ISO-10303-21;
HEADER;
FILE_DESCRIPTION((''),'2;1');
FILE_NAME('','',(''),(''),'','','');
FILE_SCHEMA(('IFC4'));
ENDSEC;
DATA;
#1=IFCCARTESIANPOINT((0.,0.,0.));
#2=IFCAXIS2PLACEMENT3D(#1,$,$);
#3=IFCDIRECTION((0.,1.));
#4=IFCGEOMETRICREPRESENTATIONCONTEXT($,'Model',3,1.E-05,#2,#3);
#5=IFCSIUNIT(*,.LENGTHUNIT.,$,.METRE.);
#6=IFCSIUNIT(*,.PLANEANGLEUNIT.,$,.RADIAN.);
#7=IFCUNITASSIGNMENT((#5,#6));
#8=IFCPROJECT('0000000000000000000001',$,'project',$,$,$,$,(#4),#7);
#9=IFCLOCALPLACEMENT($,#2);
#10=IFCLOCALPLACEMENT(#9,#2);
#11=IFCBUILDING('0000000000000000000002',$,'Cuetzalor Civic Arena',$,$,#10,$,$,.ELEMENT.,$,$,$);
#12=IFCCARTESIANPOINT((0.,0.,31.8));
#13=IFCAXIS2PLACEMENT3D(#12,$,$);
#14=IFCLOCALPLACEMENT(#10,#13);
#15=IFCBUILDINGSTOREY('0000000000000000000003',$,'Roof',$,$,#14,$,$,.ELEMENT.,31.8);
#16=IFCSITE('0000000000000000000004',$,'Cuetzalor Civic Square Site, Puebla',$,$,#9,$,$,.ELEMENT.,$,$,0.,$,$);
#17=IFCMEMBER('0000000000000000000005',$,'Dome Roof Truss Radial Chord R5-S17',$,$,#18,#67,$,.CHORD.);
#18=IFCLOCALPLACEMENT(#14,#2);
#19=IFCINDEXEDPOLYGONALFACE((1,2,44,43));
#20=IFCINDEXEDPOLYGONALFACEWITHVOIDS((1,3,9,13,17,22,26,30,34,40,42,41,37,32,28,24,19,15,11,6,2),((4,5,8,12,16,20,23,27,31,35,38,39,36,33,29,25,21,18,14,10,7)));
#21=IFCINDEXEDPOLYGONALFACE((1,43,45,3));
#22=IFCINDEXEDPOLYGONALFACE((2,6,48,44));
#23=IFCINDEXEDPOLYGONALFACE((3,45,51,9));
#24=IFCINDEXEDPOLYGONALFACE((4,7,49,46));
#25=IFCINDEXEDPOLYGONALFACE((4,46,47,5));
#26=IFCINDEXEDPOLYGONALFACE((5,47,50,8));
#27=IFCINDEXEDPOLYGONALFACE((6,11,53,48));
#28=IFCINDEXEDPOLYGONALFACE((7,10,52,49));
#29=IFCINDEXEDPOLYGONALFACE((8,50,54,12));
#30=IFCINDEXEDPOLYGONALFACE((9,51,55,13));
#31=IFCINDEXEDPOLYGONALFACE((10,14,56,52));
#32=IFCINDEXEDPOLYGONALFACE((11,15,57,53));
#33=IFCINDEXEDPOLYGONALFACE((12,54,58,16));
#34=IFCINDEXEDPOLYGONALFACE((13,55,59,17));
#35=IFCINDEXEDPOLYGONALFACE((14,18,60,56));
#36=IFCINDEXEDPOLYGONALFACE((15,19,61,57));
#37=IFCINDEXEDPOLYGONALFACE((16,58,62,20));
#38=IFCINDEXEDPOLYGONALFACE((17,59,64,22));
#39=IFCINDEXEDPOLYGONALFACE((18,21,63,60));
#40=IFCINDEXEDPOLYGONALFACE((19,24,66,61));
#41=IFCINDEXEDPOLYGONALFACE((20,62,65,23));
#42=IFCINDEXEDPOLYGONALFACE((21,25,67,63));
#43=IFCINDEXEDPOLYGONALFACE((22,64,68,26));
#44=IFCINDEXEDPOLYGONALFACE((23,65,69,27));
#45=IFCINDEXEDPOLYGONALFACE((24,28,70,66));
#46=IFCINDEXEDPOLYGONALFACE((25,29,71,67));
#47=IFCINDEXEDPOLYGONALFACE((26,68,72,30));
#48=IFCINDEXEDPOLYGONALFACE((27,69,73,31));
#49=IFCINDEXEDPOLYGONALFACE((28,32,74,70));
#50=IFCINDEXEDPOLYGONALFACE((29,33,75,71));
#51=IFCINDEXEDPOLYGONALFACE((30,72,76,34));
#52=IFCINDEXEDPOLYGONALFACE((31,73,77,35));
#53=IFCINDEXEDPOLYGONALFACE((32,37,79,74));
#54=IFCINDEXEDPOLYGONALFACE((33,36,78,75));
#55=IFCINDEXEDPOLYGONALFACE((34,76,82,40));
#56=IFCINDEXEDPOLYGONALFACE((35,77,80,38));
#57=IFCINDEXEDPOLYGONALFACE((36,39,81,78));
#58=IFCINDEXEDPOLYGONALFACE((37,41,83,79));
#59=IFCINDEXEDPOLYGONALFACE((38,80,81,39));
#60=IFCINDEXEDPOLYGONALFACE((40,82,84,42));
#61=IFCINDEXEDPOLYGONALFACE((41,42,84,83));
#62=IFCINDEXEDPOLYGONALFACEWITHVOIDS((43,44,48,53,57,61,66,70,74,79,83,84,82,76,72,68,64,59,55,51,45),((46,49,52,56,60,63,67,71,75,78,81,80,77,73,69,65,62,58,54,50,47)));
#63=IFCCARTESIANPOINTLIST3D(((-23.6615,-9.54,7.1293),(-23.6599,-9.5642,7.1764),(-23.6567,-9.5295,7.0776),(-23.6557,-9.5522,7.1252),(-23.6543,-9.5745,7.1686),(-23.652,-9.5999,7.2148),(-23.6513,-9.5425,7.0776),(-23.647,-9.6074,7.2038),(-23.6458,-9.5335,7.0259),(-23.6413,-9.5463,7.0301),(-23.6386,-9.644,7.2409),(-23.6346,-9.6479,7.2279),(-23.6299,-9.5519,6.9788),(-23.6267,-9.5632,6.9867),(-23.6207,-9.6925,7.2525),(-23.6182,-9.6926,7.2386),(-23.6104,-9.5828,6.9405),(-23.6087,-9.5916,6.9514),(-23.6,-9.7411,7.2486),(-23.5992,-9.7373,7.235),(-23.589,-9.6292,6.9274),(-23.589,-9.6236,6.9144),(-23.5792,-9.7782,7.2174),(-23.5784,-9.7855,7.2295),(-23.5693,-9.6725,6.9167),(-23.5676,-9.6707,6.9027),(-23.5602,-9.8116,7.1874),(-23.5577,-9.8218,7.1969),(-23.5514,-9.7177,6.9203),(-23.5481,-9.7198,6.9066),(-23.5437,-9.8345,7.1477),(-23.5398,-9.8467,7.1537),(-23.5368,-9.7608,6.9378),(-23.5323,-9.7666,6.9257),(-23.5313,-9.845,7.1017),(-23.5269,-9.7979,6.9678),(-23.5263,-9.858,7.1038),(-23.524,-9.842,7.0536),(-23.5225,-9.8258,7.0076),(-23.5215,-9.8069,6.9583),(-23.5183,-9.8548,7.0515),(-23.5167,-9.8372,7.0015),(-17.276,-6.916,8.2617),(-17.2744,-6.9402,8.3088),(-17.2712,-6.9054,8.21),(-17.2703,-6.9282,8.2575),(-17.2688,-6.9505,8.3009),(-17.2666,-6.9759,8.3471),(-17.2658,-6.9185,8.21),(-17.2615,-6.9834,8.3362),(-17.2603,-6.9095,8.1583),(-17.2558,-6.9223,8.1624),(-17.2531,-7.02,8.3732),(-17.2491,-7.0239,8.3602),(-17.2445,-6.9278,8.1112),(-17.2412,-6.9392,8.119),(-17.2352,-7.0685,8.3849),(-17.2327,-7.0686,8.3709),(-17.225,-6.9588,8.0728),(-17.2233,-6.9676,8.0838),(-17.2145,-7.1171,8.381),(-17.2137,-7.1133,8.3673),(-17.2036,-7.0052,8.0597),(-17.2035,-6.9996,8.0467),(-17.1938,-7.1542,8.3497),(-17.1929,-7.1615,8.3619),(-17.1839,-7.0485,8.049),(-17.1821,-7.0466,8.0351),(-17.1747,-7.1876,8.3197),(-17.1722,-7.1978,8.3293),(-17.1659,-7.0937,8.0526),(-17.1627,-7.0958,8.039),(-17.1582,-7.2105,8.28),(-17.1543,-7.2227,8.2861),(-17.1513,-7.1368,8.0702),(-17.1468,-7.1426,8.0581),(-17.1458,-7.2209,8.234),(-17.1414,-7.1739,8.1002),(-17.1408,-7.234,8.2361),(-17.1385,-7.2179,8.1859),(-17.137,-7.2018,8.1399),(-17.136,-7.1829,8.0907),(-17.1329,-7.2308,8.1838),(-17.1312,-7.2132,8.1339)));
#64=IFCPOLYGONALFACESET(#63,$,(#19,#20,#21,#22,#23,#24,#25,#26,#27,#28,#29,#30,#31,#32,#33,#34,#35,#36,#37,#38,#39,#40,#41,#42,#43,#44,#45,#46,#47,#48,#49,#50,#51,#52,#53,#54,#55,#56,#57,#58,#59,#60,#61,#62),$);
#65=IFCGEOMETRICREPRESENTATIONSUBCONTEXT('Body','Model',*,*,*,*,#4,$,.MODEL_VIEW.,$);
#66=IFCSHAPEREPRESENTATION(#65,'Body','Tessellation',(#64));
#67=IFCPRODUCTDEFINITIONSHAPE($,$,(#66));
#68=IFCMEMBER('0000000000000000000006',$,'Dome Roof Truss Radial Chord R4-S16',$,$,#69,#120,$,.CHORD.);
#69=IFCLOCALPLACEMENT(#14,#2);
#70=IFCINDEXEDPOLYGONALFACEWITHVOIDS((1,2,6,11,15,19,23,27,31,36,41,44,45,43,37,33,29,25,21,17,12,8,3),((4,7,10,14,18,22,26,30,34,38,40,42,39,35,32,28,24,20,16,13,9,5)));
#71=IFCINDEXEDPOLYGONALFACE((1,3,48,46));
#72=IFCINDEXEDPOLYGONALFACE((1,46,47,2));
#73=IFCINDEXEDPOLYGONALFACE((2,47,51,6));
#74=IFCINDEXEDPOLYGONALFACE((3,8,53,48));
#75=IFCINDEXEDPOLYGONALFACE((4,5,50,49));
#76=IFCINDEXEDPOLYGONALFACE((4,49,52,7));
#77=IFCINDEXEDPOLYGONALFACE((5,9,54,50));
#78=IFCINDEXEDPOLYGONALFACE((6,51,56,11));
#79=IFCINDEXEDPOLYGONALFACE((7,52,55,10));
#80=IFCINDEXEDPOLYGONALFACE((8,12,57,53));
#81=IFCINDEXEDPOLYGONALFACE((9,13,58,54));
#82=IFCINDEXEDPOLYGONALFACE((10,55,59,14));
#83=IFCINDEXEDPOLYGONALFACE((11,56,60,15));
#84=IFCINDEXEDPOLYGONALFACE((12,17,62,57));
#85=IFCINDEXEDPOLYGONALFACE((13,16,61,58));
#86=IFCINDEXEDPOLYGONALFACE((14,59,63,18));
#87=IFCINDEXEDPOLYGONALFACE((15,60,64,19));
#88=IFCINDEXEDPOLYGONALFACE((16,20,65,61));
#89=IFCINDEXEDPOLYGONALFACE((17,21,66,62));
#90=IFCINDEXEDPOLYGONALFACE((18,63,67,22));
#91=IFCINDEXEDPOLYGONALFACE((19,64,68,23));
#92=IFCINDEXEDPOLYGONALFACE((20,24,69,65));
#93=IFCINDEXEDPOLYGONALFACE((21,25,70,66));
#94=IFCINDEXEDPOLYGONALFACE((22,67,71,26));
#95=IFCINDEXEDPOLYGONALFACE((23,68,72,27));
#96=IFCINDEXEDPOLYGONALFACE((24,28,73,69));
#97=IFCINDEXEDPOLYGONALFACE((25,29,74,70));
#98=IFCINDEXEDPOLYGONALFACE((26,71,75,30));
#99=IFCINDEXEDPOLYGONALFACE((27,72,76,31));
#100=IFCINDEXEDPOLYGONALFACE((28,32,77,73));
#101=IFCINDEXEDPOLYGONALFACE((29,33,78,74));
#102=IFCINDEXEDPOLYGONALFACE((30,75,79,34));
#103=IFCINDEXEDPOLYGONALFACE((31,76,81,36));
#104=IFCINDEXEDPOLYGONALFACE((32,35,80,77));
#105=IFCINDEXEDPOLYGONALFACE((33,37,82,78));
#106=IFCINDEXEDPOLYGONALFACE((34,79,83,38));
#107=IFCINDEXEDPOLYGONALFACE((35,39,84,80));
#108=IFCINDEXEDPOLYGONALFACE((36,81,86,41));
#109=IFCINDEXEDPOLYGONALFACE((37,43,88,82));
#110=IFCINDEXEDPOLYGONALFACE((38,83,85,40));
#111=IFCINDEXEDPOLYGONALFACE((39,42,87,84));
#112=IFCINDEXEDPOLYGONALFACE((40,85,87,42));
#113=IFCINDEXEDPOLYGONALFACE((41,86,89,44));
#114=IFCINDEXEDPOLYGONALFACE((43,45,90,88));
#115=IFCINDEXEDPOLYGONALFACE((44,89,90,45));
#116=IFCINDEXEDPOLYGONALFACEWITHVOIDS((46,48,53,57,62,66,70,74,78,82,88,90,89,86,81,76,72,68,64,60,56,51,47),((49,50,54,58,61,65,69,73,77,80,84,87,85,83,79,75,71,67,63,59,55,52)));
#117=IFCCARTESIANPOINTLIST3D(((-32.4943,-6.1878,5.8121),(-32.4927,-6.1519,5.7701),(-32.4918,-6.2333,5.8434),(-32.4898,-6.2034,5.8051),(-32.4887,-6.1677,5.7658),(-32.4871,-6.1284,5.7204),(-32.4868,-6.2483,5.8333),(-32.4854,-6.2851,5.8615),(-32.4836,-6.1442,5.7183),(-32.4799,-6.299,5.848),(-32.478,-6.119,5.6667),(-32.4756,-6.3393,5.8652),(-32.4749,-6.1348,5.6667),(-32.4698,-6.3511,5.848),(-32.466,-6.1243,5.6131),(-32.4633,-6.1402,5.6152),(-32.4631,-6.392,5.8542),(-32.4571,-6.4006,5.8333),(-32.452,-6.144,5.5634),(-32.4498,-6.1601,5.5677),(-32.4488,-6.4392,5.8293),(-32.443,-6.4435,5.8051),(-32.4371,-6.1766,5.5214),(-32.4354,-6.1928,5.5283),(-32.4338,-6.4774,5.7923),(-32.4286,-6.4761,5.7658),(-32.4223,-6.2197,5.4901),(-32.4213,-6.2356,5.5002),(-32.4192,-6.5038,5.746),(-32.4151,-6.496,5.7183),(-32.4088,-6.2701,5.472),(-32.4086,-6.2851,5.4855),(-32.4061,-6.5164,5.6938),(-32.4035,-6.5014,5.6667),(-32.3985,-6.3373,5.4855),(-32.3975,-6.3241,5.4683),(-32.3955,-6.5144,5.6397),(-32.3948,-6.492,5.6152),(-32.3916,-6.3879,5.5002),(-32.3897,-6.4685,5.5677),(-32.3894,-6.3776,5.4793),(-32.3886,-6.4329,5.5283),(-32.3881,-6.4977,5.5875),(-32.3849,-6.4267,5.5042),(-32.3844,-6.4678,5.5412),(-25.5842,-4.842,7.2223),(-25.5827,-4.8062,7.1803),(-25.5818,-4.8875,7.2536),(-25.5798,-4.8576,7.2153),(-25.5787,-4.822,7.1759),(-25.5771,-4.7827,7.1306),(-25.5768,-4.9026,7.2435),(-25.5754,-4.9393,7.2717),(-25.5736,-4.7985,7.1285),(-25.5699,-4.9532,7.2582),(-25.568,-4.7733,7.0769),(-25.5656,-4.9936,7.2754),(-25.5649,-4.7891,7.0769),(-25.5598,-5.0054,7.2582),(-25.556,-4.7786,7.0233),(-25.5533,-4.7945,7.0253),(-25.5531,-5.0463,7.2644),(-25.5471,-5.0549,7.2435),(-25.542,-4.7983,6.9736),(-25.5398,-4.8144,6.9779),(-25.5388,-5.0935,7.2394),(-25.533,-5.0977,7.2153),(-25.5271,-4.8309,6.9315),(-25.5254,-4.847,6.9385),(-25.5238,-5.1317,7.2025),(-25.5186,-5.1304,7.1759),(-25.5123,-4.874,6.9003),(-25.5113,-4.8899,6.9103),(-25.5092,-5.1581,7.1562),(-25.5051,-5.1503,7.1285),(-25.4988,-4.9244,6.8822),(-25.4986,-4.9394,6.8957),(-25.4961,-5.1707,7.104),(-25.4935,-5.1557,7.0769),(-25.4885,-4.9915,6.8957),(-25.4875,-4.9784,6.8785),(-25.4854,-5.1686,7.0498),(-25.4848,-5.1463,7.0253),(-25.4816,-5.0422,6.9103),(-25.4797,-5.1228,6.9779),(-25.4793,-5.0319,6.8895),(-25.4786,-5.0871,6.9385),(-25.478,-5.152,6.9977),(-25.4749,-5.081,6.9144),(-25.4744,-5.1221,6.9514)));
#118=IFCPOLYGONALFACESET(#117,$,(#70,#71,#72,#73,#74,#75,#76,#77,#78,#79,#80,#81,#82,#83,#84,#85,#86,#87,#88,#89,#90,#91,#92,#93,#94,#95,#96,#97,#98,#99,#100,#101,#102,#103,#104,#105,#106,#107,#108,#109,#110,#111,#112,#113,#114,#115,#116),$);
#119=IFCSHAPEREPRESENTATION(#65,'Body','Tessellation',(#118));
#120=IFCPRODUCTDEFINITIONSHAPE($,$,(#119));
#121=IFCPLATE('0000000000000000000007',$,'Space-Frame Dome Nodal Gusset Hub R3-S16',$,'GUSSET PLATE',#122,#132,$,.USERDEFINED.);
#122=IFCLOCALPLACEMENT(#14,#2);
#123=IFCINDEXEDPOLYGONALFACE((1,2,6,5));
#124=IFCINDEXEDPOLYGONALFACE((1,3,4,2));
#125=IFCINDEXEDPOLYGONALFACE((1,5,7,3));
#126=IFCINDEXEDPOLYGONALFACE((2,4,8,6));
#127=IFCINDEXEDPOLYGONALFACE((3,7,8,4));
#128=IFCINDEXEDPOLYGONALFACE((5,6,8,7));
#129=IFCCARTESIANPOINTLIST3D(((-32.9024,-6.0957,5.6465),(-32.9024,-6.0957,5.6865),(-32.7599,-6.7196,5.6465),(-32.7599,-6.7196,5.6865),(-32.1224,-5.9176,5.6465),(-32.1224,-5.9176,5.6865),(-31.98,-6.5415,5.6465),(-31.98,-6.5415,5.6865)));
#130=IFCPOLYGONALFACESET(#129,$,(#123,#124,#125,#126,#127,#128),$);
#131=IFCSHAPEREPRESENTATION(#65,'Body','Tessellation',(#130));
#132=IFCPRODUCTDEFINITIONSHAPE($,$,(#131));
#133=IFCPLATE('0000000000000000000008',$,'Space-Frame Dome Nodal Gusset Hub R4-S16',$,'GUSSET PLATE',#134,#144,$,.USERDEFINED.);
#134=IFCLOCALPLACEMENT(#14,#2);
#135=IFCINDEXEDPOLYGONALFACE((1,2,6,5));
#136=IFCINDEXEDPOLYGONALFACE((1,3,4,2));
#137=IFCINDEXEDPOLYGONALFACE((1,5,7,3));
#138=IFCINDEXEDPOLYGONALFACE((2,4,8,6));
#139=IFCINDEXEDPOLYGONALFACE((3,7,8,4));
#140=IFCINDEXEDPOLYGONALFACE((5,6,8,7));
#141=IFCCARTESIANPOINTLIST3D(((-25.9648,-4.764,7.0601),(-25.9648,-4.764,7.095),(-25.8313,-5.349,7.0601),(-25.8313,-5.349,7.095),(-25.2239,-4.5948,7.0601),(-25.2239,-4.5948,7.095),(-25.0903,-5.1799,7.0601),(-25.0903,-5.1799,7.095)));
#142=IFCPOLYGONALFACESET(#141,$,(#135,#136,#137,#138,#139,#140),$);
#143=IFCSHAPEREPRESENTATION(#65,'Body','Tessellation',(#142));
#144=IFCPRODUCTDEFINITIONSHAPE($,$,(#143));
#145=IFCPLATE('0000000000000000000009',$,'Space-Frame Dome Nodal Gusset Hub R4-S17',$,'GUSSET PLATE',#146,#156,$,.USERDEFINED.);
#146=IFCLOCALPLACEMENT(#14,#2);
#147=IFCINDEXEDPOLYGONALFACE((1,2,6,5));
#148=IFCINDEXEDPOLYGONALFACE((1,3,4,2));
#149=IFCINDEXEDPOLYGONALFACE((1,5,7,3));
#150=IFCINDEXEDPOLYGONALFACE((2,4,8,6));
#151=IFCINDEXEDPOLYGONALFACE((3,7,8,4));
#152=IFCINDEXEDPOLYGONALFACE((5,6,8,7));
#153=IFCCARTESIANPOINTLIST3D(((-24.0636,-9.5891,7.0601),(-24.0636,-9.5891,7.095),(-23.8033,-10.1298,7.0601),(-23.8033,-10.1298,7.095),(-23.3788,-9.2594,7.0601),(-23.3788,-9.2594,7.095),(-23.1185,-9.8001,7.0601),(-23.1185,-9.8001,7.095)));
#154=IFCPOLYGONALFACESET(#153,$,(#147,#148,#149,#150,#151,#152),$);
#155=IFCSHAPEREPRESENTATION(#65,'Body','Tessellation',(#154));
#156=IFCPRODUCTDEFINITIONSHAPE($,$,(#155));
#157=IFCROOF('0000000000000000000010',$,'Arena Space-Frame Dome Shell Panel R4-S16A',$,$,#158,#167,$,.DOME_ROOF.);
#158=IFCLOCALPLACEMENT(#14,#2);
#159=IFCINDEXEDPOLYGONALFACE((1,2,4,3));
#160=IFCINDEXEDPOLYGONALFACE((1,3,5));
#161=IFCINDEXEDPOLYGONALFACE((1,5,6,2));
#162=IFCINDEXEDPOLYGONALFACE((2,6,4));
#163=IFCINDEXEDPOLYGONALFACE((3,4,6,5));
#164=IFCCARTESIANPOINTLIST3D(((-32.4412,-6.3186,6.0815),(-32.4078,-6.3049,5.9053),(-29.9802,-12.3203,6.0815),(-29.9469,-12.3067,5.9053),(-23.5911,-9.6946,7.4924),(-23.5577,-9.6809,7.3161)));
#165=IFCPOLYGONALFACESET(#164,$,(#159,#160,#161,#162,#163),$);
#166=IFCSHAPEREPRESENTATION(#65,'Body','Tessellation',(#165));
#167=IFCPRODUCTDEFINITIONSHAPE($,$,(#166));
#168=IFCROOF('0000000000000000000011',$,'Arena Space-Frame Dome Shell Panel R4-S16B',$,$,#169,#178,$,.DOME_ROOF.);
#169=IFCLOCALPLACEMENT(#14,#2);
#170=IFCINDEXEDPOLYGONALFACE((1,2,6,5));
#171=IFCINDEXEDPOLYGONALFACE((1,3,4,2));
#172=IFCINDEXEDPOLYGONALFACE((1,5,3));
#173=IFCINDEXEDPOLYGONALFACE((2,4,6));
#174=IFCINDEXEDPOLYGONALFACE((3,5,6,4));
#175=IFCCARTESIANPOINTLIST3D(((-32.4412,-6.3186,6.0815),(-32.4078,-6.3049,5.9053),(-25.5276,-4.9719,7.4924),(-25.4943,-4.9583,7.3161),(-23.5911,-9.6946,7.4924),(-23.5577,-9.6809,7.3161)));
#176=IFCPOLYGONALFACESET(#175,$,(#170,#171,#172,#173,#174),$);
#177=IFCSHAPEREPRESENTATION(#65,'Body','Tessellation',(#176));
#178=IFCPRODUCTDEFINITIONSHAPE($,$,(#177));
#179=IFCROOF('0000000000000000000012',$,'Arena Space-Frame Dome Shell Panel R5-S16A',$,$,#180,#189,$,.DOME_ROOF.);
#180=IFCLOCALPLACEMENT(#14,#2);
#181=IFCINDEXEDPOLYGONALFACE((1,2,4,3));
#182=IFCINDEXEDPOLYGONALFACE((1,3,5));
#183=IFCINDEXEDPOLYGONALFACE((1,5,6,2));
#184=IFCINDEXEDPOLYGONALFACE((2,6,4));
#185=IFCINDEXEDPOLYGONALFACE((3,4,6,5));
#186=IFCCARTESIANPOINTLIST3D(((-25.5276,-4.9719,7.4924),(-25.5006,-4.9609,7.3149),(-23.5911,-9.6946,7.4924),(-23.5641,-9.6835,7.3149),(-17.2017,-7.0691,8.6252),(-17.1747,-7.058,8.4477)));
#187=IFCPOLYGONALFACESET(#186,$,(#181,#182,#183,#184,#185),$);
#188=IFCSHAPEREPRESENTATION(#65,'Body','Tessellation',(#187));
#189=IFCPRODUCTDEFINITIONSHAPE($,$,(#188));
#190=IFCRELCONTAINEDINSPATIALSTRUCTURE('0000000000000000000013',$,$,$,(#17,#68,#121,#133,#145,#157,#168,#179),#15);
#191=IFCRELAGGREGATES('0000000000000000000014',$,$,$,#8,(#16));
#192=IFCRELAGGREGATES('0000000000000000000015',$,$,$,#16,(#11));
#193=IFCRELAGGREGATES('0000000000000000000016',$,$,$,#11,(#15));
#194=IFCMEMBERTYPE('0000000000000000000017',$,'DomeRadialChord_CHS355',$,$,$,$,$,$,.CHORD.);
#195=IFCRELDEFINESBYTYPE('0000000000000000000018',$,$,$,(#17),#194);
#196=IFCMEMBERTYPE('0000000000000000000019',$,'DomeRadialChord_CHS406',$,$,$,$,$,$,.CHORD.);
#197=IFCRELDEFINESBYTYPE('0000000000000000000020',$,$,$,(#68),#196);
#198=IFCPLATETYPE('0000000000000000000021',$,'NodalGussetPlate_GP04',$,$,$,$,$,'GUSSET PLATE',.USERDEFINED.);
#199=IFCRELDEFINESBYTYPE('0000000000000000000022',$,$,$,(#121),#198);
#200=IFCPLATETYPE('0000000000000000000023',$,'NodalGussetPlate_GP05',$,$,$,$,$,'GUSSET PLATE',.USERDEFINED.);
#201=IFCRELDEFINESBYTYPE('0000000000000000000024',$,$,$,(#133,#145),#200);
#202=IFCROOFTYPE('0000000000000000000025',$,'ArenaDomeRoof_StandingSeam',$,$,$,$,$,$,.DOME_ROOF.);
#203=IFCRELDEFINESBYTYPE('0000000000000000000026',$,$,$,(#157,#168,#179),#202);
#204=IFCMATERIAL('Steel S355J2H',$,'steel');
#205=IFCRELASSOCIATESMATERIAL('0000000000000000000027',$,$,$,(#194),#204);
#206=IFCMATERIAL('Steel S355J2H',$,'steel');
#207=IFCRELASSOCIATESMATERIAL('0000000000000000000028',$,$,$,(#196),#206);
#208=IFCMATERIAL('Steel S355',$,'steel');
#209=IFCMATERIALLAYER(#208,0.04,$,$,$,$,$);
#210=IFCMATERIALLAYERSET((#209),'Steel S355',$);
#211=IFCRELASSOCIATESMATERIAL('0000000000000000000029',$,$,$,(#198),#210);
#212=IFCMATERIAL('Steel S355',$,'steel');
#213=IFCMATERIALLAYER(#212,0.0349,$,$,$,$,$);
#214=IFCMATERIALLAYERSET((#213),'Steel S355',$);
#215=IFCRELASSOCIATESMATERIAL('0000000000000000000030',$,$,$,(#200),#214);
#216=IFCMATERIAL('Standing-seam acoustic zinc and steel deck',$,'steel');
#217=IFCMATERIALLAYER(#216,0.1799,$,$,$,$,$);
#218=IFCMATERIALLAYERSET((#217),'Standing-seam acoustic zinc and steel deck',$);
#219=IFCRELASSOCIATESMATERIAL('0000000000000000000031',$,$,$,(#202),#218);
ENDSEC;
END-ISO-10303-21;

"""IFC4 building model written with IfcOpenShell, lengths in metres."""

from ifc_helpers import new_model, si_unit, direction, frame, origin, origin_2d, place, context, subcontext, project, spatial, polyline, rectangle, hollow_circle, outline, extrude, material, layer, layer_set, material_profile, profile_set, type_object, element, save


model = new_model("IFC4")

# Units and contexts
model_context = context("Model", 3, precision=1e-05, world=origin(), true_north=direction((0.0, 1.0)))
body_context = subcontext(model_context, "Body", "Model", "MODEL_VIEW")
ifc_project = project(units=[si_unit("LENGTHUNIT", "METRE"), si_unit("PLANEANGLEUNIT", "RADIAN")], contexts=[model_context])

# Site, building, storey
site_placement = place(None, origin())
site = spatial("IfcSite", under=ifc_project, at=site_placement, Name="Cuetzalor Civic Square Site, Puebla", CompositionType="ELEMENT", RefElevation=0.0)
building_placement = place(site_placement, origin())
building = spatial("IfcBuilding", under=site, at=building_placement, Name="Cuetzalor Civic Arena", CompositionType="ELEMENT")
storey_placement = place(building_placement, frame((0.0, 0.0, 31.8)))
storey = spatial("IfcBuildingStorey", under=building, at=storey_placement, Name="Roof", CompositionType="ELEMENT", Elevation=31.8)

# Members
ifc_material_1 = material(Name="Steel S355J2H", Category="steel")
ifc_material_profile_1 = material_profile(ifc_material_1, hollow_circle(Radius=0.1777, WallThickness=0.0142, at=origin_2d()), Name="CHS 355.6x14.2")
ifc_profile_set_1 = profile_set([ifc_material_profile_1], Name="Steel S355J2H")
member_type_1 = type_object("IfcMemberType", Name="DomeRadialChord_CHS355", PredefinedType="CHORD", material=ifc_profile_set_1)
member_1_placement = place(storey_placement, frame((-23.5891, -9.6938, 7.0776), z_axis=(0.912752, 0.375082, 0.161856), x_axis=(-0.380093, 0.924948, 0.0)))
element("IfcMember", 1, at=member_1_placement, inside=storey, type_object=member_type_1, Name="Dome Roof Truss Radial Chord R5-S17", PredefinedType="CHORD", context=body_context, shape_type="SweptSolid", body=[
    extrude(hollow_circle(Radius=0.1777, WallThickness=0.0142, at=origin_2d()), origin(), (0.0, 0.0, 1.0), 6.9958),
])
ifc_material_2 = material(Name="Steel S355J2H", Category="steel")
ifc_material_profile_2 = material_profile(ifc_material_2, hollow_circle(Radius=0.2029, WallThickness=0.0161, at=origin_2d()), Name="CHS 406x16")
ifc_profile_set_2 = profile_set([ifc_material_profile_2], Name="Steel S355J2H")
member_type_2 = type_object("IfcMemberType", Name="DomeRadialChord_CHS406", PredefinedType="CHORD", material=ifc_profile_set_2)
member_2_placement = place(storey_placement, frame((-32.4392, -6.3181, 5.6667), z_axis=(0.96244, 0.187435, 0.196412), x_axis=(-0.191158, 0.981559, 0.0)))
element("IfcMember", 2, at=member_2_placement, inside=storey, type_object=member_type_2, Name="Dome Roof Truss Radial Chord R4-S16", PredefinedType="CHORD", context=body_context, shape_type="SweptSolid", body=[
    extrude(hollow_circle(Radius=0.2029, WallThickness=0.0161, at=origin_2d()), origin(), (0.0, 0.0, 1.0), 7.1797),
])

# Plates
ifc_material_3 = material(Name="Steel S355", Category="steel")
ifc_layer_1 = layer(ifc_material_3, 0.04)
ifc_layer_set_1 = layer_set([ifc_layer_1], Name="Steel S355")
plate_type_1 = type_object("IfcPlateType", Name="NodalGussetPlate_GP04", ElementType="GUSSET PLATE", PredefinedType="USERDEFINED", material=ifc_layer_set_1)
plate_placement = place(storey_placement, frame((-32.4412, -6.3186, 5.6465), z_axis=(0.0, 0.0, 1.0), x_axis=(-0.974917, -0.22257, 0.0)))
element("IfcPlate", 3, at=plate_placement, inside=storey, type_object=plate_type_1, Name="Space-Frame Dome Nodal Gusset Hub R3-S16", ObjectType="GUSSET PLATE", PredefinedType="USERDEFINED", context=body_context, shape_type="SweptSolid", body=[
    extrude(rectangle(XDim=0.8, YDim=0.6399, at=origin_2d()), origin(), (0.0, 0.0, 1.0), 0.04),
])
ifc_material_4 = material(Name="Steel S355", Category="steel")
ifc_layer_2 = layer(ifc_material_4, 0.0349)
ifc_layer_set_2 = layer_set([ifc_layer_2], Name="Steel S355")
plate_type_2 = type_object("IfcPlateType", Name="NodalGussetPlate_GP05", ElementType="GUSSET PLATE", PredefinedType="USERDEFINED", material=ifc_layer_set_2)
for number, where, z_axis, x_axis, name in (
    (4, (-25.5276, -4.9719, 7.0601), (0.0, 0.0, 1.0), (-0.974917, -0.22257, 0.0), "Space-Frame Dome Nodal Gusset Hub R4-S16"),
    (5, (-23.5911, -9.6946, 7.0601), (0.0, 0.0, 1.0), (-0.901001, -0.433816, 0.0), "Space-Frame Dome Nodal Gusset Hub R4-S17"),
):
    element("IfcPlate", number, at=place(storey_placement, frame(where, z_axis=z_axis, x_axis=x_axis)), inside=storey, type_object=plate_type_2, Name=name, ObjectType="GUSSET PLATE", PredefinedType="USERDEFINED", context=body_context, shape_type="SweptSolid", body=[
        extrude(rectangle(XDim=0.76, YDim=0.6001, at=origin_2d()), origin(), (0.0, 0.0, 1.0), 0.0349),
    ])

# Roofs
ifc_material_5 = material(Name="Standing-seam acoustic zinc and steel deck", Category="steel")
ifc_layer_3 = layer(ifc_material_5, 0.1799)
ifc_layer_set_3 = layer_set([ifc_layer_3], Name="Standing-seam acoustic zinc and steel deck")
roof_type = type_object("IfcRoofType", Name="ArenaDomeRoof_StandingSeam", PredefinedType="DOME_ROOF", material=ifc_layer_set_3)
roof_1_placement = place(storey_placement, frame((-32.4412, -6.3186, 6.0815), z_axis=(-0.185157, -0.075922, 0.979772), x_axis=(0.379385, -0.925239, 0.0)))
element("IfcRoof", 6, at=roof_1_placement, inside=storey, type_object=roof_type, Name="Arena Space-Frame Dome Shell Panel R4-S16A", PredefinedType="DOME_ROOF", context=body_context, shape_type="SweptSolid", body=[
    extrude(outline(polyline([(0.0, 0.0), (6.4867, 0.0), (6.4812, 7.0503), (0.0, 0.0)])), origin(), (0.0, 0.0, -1.0), 0.1799),
])
roof_2_placement = place(storey_placement, frame((-32.4412, -6.3186, 6.0815), z_axis=(-0.185158, -0.075924, 0.979771), x_axis=(0.924134, -0.352522, 0.147326)))
element("IfcRoof", 7, at=roof_2_placement, inside=storey, type_object=roof_type, Name="Arena Space-Frame Dome Shell Panel R4-S16B", PredefinedType="DOME_ROOF", context=body_context, shape_type="SweptSolid", body=[
    extrude(outline(polyline([(0.0, 0.0), (9.5766, 0.0), (6.1222, 3.7577), (0.0, 0.0)])), origin(), (0.0, 0.0, -1.0), 0.1799),
])
roof_3_placement = place(storey_placement, frame((-25.5276, -4.9719, 7.4924), z_axis=(-0.14973, -0.061397, 0.986819), x_axis=(0.379393, -0.925236, 0.0)))
element("IfcRoof", 8, at=roof_3_placement, inside=storey, type_object=roof_type, Name="Arena Space-Frame Dome Shell Panel R5-S16A", PredefinedType="DOME_ROOF", context=body_context, shape_type="SweptSolid", body=[
    extrude(outline(polyline([(0.0, 0.0), (5.1043, 0.0), (5.0992, 7.0001), (0.0, 0.0)])), origin(), (0.0, 0.0, -1.0), 0.1799),
])

save(model, "model.ifc")
